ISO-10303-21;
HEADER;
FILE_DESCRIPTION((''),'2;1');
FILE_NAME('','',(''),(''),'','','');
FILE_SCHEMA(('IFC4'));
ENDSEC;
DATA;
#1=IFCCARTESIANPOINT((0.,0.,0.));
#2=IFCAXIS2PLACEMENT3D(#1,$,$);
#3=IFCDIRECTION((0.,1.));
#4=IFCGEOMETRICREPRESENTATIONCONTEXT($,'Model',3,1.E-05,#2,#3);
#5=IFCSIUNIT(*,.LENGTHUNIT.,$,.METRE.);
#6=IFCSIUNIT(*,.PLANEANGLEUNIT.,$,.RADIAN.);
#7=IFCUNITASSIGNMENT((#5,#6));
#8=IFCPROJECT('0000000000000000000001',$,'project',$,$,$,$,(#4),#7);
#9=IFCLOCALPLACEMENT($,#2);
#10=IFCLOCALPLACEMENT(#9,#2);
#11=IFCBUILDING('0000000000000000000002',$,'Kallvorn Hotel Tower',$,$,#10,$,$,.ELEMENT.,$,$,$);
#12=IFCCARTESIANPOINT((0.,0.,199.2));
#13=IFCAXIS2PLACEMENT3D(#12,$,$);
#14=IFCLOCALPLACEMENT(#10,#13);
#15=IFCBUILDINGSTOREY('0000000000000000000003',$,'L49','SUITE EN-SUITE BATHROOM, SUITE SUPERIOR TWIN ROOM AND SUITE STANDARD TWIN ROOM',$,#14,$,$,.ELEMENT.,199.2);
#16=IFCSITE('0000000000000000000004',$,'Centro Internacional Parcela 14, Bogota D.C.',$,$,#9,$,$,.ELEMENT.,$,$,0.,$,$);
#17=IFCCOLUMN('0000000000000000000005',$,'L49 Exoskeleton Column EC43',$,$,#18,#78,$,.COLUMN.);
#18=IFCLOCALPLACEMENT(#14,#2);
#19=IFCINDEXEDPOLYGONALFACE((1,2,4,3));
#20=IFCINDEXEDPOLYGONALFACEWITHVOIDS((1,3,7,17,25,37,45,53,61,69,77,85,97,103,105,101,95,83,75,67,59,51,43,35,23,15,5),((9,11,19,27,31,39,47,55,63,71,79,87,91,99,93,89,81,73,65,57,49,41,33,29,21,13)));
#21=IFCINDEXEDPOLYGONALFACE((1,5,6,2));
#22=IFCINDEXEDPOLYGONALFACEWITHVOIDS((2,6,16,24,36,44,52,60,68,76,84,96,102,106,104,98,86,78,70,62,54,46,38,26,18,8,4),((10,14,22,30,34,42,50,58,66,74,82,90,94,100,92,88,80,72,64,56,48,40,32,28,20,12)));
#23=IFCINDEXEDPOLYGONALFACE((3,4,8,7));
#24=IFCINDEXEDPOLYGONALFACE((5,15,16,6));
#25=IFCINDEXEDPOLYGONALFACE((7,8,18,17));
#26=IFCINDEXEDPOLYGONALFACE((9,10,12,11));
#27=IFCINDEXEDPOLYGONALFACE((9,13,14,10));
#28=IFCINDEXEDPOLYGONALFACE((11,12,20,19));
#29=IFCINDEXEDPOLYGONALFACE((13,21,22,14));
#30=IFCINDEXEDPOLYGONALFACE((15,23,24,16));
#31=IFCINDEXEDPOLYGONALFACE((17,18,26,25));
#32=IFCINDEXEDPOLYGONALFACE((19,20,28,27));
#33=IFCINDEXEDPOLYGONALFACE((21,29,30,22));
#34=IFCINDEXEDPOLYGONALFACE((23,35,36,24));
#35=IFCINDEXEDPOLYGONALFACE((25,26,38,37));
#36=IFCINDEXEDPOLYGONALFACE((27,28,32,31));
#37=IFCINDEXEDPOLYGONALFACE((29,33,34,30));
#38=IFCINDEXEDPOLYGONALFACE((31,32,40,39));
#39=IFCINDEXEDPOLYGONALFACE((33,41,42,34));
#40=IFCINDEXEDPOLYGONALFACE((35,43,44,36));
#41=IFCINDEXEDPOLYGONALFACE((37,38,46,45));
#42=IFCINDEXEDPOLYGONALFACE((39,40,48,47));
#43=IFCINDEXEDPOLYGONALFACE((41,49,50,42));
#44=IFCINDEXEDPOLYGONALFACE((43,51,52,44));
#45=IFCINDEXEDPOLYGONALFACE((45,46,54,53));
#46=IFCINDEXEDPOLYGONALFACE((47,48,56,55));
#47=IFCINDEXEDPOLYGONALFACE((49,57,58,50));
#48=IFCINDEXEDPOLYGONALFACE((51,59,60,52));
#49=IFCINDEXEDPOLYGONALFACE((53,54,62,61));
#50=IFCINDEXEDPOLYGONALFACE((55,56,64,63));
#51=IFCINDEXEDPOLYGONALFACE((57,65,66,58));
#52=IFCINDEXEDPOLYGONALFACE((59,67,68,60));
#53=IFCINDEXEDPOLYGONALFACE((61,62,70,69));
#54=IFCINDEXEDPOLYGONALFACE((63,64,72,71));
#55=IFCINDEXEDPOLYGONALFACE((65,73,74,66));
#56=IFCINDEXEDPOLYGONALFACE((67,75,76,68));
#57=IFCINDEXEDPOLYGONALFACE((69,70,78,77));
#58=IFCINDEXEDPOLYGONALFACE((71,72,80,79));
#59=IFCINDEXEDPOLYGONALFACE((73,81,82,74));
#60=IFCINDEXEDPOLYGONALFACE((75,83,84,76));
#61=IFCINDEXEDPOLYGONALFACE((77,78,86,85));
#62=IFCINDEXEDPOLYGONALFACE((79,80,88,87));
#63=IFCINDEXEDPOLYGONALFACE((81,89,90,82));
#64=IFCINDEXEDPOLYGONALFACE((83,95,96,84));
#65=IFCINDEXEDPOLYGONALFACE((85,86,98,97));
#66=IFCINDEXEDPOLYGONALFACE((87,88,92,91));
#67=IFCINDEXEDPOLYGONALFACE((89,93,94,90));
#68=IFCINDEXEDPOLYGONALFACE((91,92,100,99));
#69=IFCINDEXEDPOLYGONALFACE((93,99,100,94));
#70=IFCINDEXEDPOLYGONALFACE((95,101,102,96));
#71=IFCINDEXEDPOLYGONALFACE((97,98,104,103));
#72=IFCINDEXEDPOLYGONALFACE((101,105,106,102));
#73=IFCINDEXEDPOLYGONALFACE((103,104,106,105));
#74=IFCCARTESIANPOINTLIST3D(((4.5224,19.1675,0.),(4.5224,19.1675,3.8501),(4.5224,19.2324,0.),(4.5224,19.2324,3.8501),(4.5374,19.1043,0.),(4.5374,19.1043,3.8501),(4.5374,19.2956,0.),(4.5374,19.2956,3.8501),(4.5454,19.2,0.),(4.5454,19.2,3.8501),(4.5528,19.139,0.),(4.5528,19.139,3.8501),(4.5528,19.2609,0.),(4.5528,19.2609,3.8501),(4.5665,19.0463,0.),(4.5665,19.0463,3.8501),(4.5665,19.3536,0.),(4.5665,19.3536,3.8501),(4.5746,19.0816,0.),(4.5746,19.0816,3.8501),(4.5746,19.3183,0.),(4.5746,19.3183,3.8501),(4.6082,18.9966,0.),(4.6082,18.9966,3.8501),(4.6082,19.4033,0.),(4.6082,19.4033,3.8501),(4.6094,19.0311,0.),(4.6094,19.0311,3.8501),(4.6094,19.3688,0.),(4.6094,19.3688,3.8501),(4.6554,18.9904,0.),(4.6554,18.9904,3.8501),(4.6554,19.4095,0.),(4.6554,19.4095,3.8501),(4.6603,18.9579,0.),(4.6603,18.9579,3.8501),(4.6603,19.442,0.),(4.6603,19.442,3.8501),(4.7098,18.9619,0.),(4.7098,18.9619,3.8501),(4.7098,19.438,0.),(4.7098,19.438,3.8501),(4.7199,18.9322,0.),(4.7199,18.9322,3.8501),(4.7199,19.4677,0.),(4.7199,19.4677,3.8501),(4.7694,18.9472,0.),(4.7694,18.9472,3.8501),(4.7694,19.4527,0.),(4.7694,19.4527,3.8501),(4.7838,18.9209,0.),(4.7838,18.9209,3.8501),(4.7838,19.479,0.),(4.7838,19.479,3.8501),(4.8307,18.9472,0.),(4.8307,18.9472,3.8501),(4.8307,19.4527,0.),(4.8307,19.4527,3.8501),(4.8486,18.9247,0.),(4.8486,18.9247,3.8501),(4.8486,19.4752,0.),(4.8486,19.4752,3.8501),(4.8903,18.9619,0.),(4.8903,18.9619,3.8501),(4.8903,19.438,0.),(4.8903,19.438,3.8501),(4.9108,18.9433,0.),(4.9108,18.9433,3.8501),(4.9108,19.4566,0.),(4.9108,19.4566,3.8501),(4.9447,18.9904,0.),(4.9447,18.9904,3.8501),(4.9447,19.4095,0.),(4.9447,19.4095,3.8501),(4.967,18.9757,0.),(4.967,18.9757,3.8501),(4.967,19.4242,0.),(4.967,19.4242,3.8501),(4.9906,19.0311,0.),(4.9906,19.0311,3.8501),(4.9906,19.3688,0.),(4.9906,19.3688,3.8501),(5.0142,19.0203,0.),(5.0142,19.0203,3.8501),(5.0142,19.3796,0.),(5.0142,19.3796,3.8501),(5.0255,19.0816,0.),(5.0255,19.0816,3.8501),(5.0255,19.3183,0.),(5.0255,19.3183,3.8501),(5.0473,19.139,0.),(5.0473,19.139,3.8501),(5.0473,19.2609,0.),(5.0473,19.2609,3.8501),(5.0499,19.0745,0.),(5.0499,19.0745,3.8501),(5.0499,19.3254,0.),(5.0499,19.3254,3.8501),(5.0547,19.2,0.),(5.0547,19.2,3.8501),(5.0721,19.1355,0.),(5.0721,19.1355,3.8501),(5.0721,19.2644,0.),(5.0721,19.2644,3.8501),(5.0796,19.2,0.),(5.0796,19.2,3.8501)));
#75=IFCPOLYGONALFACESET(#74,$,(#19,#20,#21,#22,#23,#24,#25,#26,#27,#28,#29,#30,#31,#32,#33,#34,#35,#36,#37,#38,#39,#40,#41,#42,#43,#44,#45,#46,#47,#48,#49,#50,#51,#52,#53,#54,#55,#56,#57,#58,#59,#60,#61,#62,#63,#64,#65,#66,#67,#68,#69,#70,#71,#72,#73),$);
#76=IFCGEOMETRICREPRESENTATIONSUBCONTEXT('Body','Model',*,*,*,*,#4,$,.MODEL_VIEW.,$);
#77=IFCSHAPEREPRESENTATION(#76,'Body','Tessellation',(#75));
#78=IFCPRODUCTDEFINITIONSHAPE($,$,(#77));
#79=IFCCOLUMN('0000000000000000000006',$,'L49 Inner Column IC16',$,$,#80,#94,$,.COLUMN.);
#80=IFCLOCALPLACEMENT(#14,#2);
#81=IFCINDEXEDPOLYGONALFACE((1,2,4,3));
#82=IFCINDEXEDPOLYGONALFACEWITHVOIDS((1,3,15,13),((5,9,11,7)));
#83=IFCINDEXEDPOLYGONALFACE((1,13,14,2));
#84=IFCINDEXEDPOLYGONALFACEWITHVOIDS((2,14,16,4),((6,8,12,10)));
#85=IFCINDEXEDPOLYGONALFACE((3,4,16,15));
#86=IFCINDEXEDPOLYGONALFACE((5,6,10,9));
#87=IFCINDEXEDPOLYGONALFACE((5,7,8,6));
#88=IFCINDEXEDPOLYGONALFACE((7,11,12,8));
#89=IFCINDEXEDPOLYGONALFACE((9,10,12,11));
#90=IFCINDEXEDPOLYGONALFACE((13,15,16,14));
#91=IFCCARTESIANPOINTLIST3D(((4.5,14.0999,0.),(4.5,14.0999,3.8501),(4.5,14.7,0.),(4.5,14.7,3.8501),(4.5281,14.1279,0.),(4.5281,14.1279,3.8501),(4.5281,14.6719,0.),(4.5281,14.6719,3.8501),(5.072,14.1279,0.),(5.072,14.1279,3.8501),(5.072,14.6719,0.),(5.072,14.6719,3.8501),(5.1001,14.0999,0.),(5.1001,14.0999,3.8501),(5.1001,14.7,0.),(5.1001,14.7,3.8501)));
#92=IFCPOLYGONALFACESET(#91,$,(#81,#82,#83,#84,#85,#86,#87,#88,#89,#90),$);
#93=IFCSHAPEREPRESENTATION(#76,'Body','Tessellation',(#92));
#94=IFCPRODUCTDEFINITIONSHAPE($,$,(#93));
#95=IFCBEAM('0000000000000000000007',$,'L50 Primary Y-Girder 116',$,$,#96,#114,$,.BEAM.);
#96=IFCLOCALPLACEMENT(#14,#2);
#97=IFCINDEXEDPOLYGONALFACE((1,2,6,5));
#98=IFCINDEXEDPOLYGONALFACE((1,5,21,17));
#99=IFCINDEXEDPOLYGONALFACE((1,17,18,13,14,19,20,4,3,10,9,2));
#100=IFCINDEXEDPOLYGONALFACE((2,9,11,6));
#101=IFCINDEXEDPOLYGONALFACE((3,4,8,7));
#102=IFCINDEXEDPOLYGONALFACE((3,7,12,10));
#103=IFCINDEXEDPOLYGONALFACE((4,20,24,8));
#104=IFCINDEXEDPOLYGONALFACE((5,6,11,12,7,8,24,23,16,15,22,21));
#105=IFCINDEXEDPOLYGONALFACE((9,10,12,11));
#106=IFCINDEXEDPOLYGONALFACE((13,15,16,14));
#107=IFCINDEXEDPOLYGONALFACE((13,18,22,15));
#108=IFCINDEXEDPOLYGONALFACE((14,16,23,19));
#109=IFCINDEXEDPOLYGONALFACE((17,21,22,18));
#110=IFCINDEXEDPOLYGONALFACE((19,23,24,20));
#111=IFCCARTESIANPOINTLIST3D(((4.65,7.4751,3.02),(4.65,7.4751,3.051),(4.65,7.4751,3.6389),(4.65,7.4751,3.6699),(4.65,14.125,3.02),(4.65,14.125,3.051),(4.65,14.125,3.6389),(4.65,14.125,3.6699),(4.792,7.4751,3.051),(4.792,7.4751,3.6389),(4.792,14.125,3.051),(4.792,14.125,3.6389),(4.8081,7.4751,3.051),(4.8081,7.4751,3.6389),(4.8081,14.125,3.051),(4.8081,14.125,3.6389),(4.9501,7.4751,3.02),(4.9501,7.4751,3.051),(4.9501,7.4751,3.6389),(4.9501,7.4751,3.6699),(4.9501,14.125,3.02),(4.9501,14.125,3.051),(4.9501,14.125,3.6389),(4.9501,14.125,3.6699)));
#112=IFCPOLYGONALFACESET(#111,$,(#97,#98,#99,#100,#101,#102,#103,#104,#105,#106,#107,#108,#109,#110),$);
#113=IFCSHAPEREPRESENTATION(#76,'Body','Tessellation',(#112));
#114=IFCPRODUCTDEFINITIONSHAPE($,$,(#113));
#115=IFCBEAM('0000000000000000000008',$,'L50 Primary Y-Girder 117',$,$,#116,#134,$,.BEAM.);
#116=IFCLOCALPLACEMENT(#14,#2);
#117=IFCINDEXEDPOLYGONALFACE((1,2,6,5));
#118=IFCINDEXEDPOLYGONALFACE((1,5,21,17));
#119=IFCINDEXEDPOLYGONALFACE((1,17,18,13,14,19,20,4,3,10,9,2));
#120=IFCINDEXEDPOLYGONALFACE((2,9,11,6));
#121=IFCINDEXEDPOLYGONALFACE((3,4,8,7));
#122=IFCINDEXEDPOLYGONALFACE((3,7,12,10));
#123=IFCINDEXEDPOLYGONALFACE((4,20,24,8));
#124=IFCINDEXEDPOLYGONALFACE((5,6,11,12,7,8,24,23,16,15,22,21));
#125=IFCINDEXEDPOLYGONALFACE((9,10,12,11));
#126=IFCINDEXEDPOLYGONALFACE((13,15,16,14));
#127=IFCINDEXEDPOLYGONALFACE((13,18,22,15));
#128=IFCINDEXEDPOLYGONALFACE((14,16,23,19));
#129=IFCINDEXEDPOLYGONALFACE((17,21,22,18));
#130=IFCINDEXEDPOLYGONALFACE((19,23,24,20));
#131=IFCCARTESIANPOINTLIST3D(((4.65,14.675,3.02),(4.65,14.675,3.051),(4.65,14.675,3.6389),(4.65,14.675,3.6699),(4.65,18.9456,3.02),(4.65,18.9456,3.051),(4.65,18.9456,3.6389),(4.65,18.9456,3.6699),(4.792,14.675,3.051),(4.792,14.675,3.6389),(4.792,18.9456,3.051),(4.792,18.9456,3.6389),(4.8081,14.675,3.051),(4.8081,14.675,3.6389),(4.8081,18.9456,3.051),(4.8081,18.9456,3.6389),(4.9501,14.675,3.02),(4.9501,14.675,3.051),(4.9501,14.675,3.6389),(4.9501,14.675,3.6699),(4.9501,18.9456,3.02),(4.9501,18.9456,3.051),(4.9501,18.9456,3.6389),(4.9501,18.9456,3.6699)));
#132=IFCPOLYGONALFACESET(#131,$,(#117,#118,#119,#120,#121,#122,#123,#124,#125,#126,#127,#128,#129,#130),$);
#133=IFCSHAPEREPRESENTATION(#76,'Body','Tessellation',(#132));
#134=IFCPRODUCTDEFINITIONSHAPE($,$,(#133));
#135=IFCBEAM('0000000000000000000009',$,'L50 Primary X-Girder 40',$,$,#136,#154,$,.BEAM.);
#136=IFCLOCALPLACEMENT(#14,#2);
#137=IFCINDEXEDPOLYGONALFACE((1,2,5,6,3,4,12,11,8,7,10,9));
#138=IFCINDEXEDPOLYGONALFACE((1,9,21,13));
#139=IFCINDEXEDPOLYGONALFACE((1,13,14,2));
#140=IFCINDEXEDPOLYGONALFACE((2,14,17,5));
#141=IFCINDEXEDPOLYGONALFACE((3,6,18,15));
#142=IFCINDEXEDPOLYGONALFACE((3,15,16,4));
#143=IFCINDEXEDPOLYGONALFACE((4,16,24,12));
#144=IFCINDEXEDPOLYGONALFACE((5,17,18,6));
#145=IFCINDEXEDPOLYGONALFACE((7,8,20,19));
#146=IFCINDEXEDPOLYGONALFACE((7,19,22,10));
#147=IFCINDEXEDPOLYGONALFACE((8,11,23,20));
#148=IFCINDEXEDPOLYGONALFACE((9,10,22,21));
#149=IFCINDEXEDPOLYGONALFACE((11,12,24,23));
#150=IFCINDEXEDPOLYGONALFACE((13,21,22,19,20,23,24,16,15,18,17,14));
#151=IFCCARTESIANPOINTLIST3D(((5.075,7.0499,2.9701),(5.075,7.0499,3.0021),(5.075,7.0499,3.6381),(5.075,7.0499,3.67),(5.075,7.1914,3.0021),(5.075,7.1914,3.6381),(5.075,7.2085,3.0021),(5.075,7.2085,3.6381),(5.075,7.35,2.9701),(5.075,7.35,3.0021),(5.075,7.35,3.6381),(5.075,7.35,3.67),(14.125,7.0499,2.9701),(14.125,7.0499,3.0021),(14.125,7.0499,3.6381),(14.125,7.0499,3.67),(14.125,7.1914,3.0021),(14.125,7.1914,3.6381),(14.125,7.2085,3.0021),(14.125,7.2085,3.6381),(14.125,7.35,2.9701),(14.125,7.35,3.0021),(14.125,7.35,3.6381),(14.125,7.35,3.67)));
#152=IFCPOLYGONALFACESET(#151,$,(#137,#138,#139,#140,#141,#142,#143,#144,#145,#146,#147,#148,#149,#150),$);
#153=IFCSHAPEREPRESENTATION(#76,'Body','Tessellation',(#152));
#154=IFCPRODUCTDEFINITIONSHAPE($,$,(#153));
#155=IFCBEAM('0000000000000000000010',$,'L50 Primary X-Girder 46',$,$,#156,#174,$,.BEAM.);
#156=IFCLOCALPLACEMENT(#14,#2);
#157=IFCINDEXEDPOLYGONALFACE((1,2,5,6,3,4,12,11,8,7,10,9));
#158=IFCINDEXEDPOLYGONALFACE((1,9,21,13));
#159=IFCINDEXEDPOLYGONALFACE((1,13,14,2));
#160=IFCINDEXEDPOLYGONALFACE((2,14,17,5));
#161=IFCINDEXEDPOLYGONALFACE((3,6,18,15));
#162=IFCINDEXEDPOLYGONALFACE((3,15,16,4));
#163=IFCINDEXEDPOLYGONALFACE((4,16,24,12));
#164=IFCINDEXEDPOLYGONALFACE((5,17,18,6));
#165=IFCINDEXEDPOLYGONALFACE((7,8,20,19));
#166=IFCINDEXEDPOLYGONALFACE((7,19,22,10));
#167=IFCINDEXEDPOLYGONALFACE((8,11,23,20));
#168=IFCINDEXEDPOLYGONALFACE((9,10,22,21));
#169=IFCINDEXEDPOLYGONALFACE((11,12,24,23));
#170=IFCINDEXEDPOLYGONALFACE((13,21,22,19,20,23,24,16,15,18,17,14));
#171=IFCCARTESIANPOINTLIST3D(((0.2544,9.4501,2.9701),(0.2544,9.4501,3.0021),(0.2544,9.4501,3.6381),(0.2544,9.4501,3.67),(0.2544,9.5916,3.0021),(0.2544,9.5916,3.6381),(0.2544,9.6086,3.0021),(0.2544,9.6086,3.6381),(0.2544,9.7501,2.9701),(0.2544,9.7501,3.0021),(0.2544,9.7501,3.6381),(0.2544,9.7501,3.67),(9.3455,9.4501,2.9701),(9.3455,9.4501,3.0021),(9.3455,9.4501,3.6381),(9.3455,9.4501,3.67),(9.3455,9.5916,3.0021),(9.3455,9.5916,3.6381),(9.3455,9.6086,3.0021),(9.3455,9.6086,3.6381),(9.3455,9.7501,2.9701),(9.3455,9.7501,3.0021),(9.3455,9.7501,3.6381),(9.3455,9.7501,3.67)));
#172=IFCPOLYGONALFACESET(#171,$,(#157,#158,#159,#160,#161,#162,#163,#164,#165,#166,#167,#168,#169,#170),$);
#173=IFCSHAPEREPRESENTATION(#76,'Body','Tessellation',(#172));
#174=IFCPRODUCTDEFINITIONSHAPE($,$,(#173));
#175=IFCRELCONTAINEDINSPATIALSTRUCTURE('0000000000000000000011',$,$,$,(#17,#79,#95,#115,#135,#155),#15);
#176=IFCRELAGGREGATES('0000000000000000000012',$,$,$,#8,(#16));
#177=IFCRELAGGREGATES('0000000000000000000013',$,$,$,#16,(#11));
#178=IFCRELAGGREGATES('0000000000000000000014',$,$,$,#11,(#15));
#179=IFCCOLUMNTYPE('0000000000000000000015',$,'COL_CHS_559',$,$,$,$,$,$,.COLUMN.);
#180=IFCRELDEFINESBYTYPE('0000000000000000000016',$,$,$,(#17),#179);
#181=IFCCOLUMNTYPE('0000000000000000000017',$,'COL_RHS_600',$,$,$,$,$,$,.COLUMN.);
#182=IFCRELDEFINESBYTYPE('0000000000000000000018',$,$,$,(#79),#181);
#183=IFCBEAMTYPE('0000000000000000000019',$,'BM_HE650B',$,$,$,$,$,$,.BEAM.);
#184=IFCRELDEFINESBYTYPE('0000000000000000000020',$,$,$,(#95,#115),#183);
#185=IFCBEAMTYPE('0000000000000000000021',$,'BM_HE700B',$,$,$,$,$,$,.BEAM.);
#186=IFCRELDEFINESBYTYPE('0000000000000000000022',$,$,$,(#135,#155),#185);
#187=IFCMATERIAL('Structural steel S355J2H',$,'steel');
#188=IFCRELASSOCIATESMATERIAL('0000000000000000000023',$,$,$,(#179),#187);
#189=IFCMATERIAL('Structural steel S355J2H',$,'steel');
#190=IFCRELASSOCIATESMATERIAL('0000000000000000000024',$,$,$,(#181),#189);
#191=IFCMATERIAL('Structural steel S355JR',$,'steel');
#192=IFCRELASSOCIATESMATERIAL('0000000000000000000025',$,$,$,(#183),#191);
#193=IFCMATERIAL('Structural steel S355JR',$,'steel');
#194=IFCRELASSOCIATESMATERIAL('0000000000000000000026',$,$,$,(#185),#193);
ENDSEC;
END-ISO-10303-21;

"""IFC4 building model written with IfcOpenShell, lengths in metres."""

from ifc_helpers import new_model, si_unit, direction, frame, origin, origin_2d, place, context, subcontext, project, spatial, hollow_rectangle, hollow_circle, i_section, extrude, material, material_profile, profile_set, type_object, element, save


model = new_model("IFC4")

# Units and contexts
model_context = context("Model", 3, precision=1e-05, world=origin(), true_north=direction((0.0, 1.0)))
body_context = subcontext(model_context, "Body", "Model", "MODEL_VIEW")
ifc_project = project(units=[si_unit("LENGTHUNIT", "METRE"), si_unit("PLANEANGLEUNIT", "RADIAN")], contexts=[model_context])

# Site, building, storey
site_placement = place(None, origin())
site = spatial("IfcSite", under=ifc_project, at=site_placement, Name="Centro Internacional Parcela 14, Bogota D.C.", CompositionType="ELEMENT", RefElevation=0.0)
building_placement = place(site_placement, origin())
building = spatial("IfcBuilding", under=site, at=building_placement, Name="Kallvorn Hotel Tower", CompositionType="ELEMENT")
storey_placement = place(building_placement, frame((0.0, 0.0, 199.2)))
storey = spatial("IfcBuildingStorey", under=building, at=storey_placement, Name="L49", Description="SUITE EN-SUITE BATHROOM, SUITE SUPERIOR TWIN ROOM AND SUITE STANDARD TWIN ROOM", CompositionType="ELEMENT", Elevation=199.2)

# Columns
ifc_material_1 = material(Name="Structural steel S355J2H", Category="steel")
ifc_material_profile_1 = material_profile(ifc_material_1, hollow_circle(Radius=0.2795, WallThickness=0.0249, at=origin_2d()), Name="CHS 559x25")
ifc_profile_set_1 = profile_set([ifc_material_profile_1], Name="Structural steel S355J2H")
column_type_1 = type_object("IfcColumnType", Name="COL_CHS_559", PredefinedType="COLUMN", material=ifc_profile_set_1)
column_1_placement = place(storey_placement, frame((4.8, 19.2, 0.0), z_axis=(0.0, 0.0, 1.0), x_axis=(1.0, 0.0, 0.0)))
element("IfcColumn", 1, at=column_1_placement, inside=storey, type_object=column_type_1, Name="L49 Exoskeleton Column EC43", PredefinedType="COLUMN", context=body_context, shape_type="SweptSolid", body=[
    extrude(hollow_circle(Radius=0.2795, WallThickness=0.0249, at=origin_2d()), origin(), (0.0, 0.0, 1.0), 3.8501),
])
ifc_material_2 = material(Name="Structural steel S355J2H", Category="steel")
ifc_material_profile_2 = material_profile(ifc_material_2, hollow_rectangle(XDim=0.6001, YDim=0.6001, WallThickness=0.0281, at=origin_2d()), Name="RHS 600x600x28")
ifc_profile_set_2 = profile_set([ifc_material_profile_2], Name="Structural steel S355J2H")
column_type_2 = type_object("IfcColumnType", Name="COL_RHS_600", PredefinedType="COLUMN", material=ifc_profile_set_2)
column_2_placement = place(storey_placement, frame((4.8, 14.3999, 0.0), z_axis=(0.0, 0.0, 1.0), x_axis=(1.0, 0.0, 0.0)))
element("IfcColumn", 2, at=column_2_placement, inside=storey, type_object=column_type_2, Name="L49 Inner Column IC16", PredefinedType="COLUMN", context=body_context, shape_type="SweptSolid", body=[
    extrude(hollow_rectangle(XDim=0.6001, YDim=0.6001, WallThickness=0.0281, at=origin_2d()), origin(), (0.0, 0.0, 1.0), 3.8501),
])

# Beams
ifc_material_3 = material(Name="Structural steel S355JR", Category="steel")
ifc_material_profile_3 = material_profile(ifc_material_3, i_section(OverallWidth=0.3, OverallDepth=0.6499, WebThickness=0.0161, FlangeThickness=0.031, at=origin_2d()), Name="HE 650 B")
ifc_profile_set_3 = profile_set([ifc_material_profile_3], Name="Structural steel S355JR")
beam_type_1 = type_object("IfcBeamType", Name="BM_HE650B", PredefinedType="BEAM", material=ifc_profile_set_3)
beam_1_placement = place(storey_placement, frame((4.8, 7.4751, 3.345), z_axis=(0.0, 1.0, 0.0), x_axis=(-1.0, 0.0, 0.0)))
element("IfcBeam", 3, at=beam_1_placement, inside=storey, type_object=beam_type_1, Name="L50 Primary Y-Girder 116", PredefinedType="BEAM", context=body_context, shape_type="SweptSolid", body=[
    extrude(i_section(OverallWidth=0.3, OverallDepth=0.6499, WebThickness=0.0161, FlangeThickness=0.031, at=origin_2d()), origin(), (0.0, 0.0, 1.0), 6.6499),
])
beam_2_placement = place(storey_placement, frame((4.8, 14.675, 3.345), z_axis=(0.0, 1.0, 0.0), x_axis=(-1.0, 0.0, 0.0)))
element("IfcBeam", 4, at=beam_2_placement, inside=storey, type_object=beam_type_1, Name="L50 Primary Y-Girder 117", PredefinedType="BEAM", context=body_context, shape_type="SweptSolid", body=[
    extrude(i_section(OverallWidth=0.3, OverallDepth=0.6499, WebThickness=0.0161, FlangeThickness=0.031, at=origin_2d()), origin(), (0.0, 0.0, 1.0), 4.2705),
])
ifc_material_4 = material(Name="Structural steel S355JR", Category="steel")
ifc_material_profile_4 = material_profile(ifc_material_4, i_section(OverallWidth=0.3, OverallDepth=0.7, WebThickness=0.0171, FlangeThickness=0.032, at=origin_2d()), Name="HE 700 B")
ifc_profile_set_4 = profile_set([ifc_material_profile_4], Name="Structural steel S355JR")
beam_type_2 = type_object("IfcBeamType", Name="BM_HE700B", PredefinedType="BEAM", material=ifc_profile_set_4)
beam_3_placement = place(storey_placement, frame((5.075, 7.2, 3.3201), z_axis=(1.0, 0.0, 0.0), x_axis=(0.0, 1.0, 0.0)))
element("IfcBeam", 5, at=beam_3_placement, inside=storey, type_object=beam_type_2, Name="L50 Primary X-Girder 40", PredefinedType="BEAM", context=body_context, shape_type="SweptSolid", body=[
    extrude(i_section(OverallWidth=0.3, OverallDepth=0.7, WebThickness=0.0171, FlangeThickness=0.032, at=origin_2d()), origin(), (0.0, 0.0, 1.0), 9.05),
])
beam_4_placement = place(storey_placement, frame((0.2544, 9.6001, 3.3201), z_axis=(1.0, 0.0, 0.0), x_axis=(0.0, 1.0, 0.0)))
element("IfcBeam", 6, at=beam_4_placement, inside=storey, type_object=beam_type_2, Name="L50 Primary X-Girder 46", PredefinedType="BEAM", context=body_context, shape_type="SweptSolid", body=[
    extrude(i_section(OverallWidth=0.3, OverallDepth=0.7, WebThickness=0.0171, FlangeThickness=0.032, at=origin_2d()), origin(), (0.0, 0.0, 1.0), 9.0911),
])

save(model, "model.ifc")
